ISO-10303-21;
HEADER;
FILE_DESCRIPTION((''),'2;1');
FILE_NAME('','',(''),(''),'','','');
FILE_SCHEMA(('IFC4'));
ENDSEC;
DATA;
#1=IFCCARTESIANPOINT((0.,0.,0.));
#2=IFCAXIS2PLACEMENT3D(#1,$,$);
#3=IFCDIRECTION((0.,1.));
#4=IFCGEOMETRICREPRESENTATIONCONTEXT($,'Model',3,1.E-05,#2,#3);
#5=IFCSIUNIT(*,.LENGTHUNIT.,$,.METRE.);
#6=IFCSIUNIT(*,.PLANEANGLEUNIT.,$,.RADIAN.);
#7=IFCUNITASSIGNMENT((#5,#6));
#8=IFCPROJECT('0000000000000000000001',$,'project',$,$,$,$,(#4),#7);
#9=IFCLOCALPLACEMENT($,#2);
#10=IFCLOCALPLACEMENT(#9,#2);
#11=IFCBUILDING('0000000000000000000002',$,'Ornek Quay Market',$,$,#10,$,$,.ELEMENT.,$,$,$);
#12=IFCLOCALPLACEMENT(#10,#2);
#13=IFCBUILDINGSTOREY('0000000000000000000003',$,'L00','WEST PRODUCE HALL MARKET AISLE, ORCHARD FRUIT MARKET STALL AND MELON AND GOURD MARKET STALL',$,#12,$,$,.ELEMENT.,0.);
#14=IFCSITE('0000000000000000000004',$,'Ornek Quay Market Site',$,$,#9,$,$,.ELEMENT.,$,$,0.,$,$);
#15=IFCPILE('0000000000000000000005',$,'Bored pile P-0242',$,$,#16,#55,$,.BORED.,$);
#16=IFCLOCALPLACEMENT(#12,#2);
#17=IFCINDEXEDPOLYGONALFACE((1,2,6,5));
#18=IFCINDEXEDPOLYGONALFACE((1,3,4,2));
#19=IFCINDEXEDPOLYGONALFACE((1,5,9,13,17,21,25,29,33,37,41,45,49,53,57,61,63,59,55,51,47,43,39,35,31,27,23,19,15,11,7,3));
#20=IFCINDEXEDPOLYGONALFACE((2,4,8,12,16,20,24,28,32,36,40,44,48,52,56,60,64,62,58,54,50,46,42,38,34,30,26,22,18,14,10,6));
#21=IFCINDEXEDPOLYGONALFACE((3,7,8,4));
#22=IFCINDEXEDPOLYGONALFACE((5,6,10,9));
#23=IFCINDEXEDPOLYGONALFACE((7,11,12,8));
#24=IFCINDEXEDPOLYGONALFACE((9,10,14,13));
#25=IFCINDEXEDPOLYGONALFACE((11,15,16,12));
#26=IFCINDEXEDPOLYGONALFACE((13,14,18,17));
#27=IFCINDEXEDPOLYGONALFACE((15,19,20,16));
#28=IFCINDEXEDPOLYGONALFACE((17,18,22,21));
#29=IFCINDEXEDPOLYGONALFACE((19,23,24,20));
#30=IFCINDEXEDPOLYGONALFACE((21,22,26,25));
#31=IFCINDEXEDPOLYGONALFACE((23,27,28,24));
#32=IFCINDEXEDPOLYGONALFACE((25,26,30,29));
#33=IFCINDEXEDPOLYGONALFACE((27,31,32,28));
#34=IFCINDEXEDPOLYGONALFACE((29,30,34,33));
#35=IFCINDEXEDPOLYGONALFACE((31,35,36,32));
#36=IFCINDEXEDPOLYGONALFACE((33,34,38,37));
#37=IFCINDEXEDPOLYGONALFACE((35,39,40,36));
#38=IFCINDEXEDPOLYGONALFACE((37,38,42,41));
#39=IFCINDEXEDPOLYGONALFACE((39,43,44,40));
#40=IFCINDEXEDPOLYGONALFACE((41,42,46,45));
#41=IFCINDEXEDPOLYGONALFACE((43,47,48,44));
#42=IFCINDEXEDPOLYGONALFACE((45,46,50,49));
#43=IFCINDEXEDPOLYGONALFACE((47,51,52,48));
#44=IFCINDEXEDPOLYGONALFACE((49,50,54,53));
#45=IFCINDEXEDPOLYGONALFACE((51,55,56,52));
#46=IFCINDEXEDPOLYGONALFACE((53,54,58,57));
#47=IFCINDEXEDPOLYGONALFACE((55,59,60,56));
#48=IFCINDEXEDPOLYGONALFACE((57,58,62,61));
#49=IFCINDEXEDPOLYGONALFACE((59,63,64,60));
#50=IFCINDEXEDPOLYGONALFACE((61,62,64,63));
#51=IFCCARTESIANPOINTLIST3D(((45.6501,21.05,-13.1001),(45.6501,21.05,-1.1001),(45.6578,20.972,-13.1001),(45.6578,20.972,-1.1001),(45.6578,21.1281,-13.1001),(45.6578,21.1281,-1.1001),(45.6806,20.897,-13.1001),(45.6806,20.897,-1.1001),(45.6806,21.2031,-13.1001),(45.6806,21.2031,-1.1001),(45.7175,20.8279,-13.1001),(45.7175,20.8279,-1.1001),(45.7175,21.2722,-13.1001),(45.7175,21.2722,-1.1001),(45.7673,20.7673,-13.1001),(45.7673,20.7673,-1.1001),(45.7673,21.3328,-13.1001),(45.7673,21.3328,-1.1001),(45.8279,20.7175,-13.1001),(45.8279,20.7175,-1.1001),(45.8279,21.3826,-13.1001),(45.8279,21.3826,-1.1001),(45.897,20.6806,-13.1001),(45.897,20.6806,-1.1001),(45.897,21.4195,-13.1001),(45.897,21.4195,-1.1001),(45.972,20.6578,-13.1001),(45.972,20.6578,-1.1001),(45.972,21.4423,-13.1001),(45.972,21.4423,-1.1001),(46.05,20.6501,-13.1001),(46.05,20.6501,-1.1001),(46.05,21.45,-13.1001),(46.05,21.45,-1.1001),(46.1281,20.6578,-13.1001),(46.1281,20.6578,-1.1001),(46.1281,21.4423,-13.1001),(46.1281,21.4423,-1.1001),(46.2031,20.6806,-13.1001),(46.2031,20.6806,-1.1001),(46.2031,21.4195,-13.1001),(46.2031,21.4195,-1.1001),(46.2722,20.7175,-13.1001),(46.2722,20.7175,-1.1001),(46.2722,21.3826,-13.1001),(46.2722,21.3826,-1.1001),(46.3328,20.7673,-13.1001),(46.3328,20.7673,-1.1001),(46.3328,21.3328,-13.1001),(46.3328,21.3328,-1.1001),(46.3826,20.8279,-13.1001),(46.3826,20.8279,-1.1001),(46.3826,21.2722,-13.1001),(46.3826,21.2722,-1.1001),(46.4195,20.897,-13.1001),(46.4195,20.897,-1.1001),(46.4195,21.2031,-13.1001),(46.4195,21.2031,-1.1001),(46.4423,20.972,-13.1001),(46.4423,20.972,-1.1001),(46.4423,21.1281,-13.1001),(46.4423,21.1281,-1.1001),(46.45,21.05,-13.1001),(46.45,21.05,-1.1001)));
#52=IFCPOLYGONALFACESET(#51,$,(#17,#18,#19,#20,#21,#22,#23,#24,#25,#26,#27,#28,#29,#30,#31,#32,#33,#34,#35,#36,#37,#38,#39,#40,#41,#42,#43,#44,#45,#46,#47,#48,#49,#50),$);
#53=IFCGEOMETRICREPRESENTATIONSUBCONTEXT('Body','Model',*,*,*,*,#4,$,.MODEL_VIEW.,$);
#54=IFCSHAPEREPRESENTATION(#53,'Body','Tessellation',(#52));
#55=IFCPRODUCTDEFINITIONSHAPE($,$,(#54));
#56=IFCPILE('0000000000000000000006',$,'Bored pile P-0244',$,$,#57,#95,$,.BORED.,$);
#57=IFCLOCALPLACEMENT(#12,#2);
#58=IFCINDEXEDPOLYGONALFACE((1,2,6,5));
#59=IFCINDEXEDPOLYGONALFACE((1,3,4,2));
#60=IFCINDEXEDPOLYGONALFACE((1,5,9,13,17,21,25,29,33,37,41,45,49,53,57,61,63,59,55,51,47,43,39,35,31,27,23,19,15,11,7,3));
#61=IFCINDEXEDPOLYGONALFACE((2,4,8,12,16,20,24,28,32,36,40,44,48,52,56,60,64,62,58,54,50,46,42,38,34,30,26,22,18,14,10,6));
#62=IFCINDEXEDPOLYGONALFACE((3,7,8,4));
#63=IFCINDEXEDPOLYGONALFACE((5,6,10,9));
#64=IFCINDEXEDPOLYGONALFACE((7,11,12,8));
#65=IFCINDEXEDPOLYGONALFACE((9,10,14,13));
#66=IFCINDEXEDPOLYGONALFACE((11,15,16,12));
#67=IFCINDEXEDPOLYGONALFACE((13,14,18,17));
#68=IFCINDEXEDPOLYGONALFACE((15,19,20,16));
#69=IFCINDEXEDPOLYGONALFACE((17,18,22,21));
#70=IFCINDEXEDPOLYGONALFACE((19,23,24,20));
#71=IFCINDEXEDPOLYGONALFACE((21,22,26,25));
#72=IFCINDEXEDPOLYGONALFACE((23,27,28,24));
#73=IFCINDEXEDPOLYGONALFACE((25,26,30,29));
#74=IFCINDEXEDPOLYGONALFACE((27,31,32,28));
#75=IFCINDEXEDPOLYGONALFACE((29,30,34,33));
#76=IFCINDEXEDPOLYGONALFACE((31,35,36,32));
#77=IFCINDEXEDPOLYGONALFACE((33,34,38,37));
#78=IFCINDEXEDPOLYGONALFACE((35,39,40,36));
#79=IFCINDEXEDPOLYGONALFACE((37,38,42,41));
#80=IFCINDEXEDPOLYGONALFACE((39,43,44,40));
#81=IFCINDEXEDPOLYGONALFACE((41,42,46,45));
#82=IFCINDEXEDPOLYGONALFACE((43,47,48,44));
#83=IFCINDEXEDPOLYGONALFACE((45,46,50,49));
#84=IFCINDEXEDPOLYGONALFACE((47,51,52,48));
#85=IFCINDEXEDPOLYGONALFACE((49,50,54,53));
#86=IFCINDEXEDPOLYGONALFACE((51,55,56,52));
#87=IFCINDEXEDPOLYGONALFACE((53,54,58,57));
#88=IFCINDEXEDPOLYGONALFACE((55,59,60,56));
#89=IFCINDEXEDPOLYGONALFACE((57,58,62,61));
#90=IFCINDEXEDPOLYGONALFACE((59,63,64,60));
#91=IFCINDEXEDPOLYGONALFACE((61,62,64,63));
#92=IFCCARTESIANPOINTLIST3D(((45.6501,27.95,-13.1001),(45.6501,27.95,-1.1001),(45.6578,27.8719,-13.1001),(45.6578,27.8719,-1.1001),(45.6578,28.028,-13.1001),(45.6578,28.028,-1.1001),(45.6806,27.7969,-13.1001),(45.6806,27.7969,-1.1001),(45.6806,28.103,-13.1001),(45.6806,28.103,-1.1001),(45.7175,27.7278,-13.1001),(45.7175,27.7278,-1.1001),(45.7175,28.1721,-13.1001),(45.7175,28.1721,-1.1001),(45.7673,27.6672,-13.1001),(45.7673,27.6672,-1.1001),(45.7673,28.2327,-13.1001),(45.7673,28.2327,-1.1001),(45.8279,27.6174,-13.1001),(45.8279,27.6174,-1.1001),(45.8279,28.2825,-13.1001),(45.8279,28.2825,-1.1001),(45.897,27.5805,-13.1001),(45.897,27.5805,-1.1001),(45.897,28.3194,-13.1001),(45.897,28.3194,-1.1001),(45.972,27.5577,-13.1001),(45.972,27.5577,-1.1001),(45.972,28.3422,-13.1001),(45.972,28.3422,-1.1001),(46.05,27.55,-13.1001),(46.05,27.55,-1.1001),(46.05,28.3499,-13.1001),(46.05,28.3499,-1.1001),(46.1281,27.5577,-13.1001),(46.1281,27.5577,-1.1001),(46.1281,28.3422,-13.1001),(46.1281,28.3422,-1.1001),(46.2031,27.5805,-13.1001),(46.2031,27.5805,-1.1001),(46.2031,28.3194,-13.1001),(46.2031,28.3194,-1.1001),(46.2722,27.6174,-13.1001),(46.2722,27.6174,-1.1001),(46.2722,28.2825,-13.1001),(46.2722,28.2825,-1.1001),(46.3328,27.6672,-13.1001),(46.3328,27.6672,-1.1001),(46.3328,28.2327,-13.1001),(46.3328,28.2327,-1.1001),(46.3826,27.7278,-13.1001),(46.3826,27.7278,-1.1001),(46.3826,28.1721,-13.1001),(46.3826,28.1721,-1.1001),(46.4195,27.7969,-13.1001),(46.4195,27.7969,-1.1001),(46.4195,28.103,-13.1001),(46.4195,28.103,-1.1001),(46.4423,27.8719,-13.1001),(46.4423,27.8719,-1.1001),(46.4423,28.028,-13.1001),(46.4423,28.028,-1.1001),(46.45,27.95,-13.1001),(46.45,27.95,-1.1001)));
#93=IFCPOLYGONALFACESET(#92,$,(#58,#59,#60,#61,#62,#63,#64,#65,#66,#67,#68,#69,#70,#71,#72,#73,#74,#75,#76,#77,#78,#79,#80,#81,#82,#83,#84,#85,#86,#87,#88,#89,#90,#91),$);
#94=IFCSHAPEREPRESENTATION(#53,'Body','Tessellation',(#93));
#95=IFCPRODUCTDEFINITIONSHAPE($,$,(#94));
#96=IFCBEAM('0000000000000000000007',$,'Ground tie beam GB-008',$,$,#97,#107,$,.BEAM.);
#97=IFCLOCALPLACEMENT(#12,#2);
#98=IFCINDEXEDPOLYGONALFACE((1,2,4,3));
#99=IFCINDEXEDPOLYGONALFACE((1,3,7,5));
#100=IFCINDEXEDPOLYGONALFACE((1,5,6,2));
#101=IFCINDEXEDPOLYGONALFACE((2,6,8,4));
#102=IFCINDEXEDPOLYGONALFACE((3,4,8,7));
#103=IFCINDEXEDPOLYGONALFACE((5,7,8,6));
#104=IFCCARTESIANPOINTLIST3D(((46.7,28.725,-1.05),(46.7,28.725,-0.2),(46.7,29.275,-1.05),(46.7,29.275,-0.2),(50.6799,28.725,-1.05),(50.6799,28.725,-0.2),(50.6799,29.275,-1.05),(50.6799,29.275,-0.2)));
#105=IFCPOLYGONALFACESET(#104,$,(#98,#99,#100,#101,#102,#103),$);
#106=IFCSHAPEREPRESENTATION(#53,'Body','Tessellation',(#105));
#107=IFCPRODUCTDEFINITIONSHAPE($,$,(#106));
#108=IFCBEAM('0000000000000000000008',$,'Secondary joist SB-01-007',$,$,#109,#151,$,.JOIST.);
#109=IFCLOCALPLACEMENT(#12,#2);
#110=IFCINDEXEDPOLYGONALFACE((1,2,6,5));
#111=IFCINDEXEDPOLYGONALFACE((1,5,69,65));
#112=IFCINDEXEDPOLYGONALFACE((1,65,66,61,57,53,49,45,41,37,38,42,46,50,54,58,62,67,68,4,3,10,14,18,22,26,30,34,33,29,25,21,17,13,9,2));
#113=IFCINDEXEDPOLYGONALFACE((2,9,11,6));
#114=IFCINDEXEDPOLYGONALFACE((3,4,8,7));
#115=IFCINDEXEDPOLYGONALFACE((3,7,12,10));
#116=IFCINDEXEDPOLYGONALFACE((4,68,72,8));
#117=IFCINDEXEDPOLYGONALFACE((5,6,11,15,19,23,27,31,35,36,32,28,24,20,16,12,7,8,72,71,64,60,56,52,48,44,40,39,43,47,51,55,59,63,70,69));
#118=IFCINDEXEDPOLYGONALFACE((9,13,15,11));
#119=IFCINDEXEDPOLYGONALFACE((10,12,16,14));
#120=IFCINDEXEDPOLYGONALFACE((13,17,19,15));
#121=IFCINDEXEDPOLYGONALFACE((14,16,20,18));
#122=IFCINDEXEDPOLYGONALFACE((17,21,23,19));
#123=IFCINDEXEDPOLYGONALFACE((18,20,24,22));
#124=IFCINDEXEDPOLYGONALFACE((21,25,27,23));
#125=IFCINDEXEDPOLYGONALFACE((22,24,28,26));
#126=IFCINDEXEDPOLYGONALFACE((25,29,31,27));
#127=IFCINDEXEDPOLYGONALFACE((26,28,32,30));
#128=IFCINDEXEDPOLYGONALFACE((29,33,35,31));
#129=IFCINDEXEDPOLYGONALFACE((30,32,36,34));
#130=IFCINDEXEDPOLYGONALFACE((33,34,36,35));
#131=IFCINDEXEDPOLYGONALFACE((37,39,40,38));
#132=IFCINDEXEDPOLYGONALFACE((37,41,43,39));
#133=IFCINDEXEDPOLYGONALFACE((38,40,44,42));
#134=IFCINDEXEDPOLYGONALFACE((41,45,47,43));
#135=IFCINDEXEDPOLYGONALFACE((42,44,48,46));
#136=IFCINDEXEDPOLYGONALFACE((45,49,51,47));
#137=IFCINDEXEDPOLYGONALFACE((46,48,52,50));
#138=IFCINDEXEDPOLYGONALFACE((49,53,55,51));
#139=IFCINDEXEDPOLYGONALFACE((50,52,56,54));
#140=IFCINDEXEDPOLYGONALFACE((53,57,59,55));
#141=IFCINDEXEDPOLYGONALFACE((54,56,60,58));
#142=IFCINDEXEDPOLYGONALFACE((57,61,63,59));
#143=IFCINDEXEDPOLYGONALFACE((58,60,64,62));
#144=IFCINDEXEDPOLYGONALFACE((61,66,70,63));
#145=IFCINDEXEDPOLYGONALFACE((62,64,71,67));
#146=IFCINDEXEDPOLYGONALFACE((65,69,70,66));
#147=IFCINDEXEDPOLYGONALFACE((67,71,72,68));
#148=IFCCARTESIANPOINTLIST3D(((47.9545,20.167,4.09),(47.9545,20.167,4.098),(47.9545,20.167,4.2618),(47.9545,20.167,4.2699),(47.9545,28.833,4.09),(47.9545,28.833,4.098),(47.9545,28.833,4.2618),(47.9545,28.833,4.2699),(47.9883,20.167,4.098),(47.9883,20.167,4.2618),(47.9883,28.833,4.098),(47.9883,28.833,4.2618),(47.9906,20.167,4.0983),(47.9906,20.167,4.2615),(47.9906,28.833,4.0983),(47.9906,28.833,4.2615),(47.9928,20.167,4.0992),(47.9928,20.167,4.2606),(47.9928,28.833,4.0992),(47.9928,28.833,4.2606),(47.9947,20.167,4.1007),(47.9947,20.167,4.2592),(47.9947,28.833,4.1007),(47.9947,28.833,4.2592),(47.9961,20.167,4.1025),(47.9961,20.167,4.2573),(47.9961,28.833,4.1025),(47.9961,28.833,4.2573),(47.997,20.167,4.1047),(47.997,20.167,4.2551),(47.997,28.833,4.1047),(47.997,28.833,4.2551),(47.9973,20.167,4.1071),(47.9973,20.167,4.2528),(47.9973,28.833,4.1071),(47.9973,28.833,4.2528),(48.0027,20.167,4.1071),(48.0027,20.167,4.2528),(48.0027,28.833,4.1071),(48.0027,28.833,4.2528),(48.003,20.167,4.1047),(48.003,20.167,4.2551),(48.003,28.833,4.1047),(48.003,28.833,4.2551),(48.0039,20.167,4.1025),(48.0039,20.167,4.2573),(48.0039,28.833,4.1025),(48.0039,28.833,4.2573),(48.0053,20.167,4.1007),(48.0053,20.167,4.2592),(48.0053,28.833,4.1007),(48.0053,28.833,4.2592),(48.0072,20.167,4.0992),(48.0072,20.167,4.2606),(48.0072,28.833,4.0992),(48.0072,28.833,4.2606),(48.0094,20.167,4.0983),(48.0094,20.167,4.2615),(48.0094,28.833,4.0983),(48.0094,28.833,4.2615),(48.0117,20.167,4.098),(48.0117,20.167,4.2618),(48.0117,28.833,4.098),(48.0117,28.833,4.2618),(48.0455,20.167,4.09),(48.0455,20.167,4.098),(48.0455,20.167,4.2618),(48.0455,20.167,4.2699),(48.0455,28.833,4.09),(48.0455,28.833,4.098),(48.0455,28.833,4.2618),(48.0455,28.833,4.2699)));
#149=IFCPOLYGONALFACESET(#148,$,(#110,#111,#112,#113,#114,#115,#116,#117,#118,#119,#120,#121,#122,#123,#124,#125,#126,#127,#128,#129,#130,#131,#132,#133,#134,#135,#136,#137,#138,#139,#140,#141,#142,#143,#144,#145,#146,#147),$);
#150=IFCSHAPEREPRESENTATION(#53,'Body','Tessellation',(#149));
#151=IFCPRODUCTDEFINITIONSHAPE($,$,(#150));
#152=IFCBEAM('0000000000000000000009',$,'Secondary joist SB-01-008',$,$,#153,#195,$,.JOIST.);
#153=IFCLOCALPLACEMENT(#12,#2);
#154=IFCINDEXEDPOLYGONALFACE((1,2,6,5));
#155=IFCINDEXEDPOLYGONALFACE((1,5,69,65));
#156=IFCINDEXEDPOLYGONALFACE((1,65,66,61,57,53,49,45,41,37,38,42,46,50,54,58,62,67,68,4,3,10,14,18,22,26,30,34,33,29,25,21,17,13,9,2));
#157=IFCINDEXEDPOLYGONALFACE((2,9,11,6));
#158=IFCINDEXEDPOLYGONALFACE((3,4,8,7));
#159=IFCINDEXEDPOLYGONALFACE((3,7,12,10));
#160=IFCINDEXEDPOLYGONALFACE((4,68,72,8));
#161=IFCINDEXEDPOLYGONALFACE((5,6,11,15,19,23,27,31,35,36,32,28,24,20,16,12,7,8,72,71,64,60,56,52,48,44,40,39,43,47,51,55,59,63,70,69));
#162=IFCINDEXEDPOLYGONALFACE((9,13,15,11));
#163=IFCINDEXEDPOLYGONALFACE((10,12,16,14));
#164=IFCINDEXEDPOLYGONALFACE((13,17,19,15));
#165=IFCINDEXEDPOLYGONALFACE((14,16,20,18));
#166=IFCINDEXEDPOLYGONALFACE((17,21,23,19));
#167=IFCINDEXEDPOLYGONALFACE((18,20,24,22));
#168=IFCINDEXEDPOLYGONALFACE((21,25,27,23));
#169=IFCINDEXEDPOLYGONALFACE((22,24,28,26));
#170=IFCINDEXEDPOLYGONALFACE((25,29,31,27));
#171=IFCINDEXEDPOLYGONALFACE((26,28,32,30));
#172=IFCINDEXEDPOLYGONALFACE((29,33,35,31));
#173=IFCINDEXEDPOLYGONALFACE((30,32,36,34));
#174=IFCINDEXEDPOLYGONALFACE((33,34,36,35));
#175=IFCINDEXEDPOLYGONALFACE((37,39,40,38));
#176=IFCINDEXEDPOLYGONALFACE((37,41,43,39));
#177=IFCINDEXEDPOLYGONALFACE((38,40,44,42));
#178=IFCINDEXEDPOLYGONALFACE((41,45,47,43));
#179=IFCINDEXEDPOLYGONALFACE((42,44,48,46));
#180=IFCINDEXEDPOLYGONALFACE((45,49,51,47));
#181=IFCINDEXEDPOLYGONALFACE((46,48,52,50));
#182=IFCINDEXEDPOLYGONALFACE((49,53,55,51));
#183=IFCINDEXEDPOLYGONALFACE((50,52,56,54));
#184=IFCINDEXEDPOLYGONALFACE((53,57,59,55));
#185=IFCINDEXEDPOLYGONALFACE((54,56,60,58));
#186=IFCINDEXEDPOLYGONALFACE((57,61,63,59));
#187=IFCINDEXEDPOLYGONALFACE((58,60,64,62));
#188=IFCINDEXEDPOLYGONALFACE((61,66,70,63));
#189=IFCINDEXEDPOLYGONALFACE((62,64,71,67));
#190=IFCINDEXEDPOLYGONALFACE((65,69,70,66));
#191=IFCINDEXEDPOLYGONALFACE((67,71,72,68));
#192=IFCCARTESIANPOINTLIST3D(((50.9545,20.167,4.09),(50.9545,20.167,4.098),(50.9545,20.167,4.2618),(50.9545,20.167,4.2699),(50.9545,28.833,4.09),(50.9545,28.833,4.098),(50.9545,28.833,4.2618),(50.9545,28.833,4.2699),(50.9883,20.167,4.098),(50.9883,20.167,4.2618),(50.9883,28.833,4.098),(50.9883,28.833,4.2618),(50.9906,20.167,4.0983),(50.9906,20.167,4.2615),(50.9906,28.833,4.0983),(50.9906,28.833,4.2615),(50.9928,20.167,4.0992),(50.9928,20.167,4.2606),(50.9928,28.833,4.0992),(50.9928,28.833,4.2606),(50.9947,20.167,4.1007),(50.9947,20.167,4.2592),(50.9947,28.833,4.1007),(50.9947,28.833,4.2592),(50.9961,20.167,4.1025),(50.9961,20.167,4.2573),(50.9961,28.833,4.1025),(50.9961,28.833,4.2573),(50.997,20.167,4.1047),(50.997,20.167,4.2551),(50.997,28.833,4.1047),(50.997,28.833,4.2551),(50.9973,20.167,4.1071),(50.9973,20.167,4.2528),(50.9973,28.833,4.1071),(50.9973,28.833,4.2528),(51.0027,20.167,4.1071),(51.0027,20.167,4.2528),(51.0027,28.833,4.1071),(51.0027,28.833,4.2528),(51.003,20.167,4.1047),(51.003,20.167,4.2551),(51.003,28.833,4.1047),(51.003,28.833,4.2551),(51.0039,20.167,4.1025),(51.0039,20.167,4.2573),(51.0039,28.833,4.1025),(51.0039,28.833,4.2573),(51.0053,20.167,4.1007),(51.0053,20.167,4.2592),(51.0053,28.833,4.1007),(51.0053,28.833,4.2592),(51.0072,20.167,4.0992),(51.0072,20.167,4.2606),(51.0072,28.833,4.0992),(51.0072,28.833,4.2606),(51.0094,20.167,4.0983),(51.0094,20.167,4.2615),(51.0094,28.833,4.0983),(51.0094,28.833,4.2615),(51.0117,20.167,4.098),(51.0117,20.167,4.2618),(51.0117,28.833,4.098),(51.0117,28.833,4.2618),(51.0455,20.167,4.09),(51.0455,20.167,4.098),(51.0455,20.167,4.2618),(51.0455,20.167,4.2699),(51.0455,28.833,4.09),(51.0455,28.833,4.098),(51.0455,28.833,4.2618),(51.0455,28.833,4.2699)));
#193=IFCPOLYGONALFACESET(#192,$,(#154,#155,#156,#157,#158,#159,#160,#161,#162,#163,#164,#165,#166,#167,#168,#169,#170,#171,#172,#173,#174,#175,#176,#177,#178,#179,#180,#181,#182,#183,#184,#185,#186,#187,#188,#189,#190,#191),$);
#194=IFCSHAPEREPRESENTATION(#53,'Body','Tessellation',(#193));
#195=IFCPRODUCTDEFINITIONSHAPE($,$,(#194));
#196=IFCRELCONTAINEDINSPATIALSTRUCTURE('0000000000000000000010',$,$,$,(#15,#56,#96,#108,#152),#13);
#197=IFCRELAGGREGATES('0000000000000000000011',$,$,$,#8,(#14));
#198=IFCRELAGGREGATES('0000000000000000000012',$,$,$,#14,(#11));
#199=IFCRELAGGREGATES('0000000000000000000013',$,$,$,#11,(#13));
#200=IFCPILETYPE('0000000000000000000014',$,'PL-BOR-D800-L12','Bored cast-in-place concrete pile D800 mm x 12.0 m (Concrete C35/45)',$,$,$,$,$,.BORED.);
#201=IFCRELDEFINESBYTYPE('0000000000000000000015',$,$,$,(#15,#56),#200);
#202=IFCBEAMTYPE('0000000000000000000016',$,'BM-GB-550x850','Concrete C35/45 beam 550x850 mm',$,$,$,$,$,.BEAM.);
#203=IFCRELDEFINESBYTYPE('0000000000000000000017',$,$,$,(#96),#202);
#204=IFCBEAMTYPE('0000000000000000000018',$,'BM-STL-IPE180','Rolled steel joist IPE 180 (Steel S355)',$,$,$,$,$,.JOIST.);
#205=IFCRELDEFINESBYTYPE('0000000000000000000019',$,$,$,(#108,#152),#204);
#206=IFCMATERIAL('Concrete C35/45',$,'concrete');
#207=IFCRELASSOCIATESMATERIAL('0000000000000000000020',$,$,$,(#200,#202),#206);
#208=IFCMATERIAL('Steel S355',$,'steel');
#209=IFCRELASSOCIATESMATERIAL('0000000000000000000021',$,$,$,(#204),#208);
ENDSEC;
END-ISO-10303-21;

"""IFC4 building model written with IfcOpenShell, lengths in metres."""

from ifc_helpers import new_model, si_unit, direction, frame, origin, origin_2d, place, context, subcontext, project, spatial, rectangle, circle, i_section, extrude, material, material_profile, profile_set, type_object, element, save


model = new_model("IFC4")

# Units and contexts
model_context = context("Model", 3, precision=1e-05, world=origin(), true_north=direction((0.0, 1.0)))
body_context = subcontext(model_context, "Body", "Model", "MODEL_VIEW")
ifc_project = project(units=[si_unit("LENGTHUNIT", "METRE"), si_unit("PLANEANGLEUNIT", "RADIAN")], contexts=[model_context])

# Site, building, storey
site_placement = place(None, origin())
site = spatial("IfcSite", under=ifc_project, at=site_placement, Name="Ornek Quay Market Site", CompositionType="ELEMENT", RefElevation=0.0)
building_placement = place(site_placement, origin())
building = spatial("IfcBuilding", under=site, at=building_placement, Name="Ornek Quay Market", CompositionType="ELEMENT")
storey_placement = place(building_placement, origin())
storey = spatial("IfcBuildingStorey", under=building, at=storey_placement, Name="L00", Description="WEST PRODUCE HALL MARKET AISLE, ORCHARD FRUIT MARKET STALL AND MELON AND GOURD MARKET STALL", CompositionType="ELEMENT", Elevation=0.0)

# Piles
ifc_material_1 = material(Name="Concrete C35/45", Category="concrete")
ifc_material_profile_1 = material_profile(ifc_material_1, circle(Radius=0.3999, at=origin_2d()), Name="PILE D800", Category="concrete")
ifc_profile_set_1 = profile_set([ifc_material_profile_1], Name="Concrete C35/45")
pile_type = type_object("IfcPileType", Name="PL-BOR-D800-L12", Description="Bored cast-in-place concrete pile D800 mm x 12.0 m (Concrete C35/45)", PredefinedType="BORED", material=ifc_profile_set_1)
for number, where, z_axis, x_axis, name in (
    (1, (46.05, 21.05, -1.1001), (0.0, 0.0, -1.0), (1.0, 0.0, 0.0), "Bored pile P-0242"),
    (2, (46.05, 27.95, -1.1001), (0.0, 0.0, -1.0), (1.0, 0.0, 0.0), "Bored pile P-0244"),
):
    element("IfcPile", number, at=place(storey_placement, frame(where, z_axis=z_axis, x_axis=x_axis)), inside=storey, type_object=pile_type, Name=name, PredefinedType="BORED", context=body_context, shape_type="SweptSolid", body=[
        extrude(circle(Radius=0.3999, at=origin_2d()), origin(), (0.0, 0.0, 1.0), 12.0),
    ])

# Beams
ifc_material_profile_2 = material_profile(ifc_material_1, rectangle(XDim=0.55, YDim=0.8501, at=origin_2d()), Name="RC 550x850", Category="concrete")
ifc_profile_set_2 = profile_set([ifc_material_profile_2], Name="Concrete C35/45")
beam_type_1 = type_object("IfcBeamType", Name="BM-GB-550x850", Description="Concrete C35/45 beam 550x850 mm", PredefinedType="BEAM", material=ifc_profile_set_2)
beam_placement = place(storey_placement, frame((46.7, 29.0, -0.625), z_axis=(1.0, 0.0, 0.0), x_axis=(0.0, 1.0, 0.0)))
element("IfcBeam", 3, at=beam_placement, inside=storey, type_object=beam_type_1, Name="Ground tie beam GB-008", PredefinedType="BEAM", context=body_context, shape_type="SweptSolid", body=[
    extrude(rectangle(XDim=0.55, YDim=0.8501, at=origin_2d()), origin(), (0.0, 0.0, 1.0), 3.98),
])
ifc_material_2 = material(Name="Steel S355", Category="steel")
ifc_material_profile_3 = material_profile(ifc_material_2, i_section(OverallWidth=0.0911, OverallDepth=0.1799, WebThickness=0.0054, FlangeThickness=0.0081, FilletRadius=0.009, at=origin_2d()), Name="IPE 180", Category="steel")
ifc_profile_set_3 = profile_set([ifc_material_profile_3], Name="Steel S355")
beam_type_2 = type_object("IfcBeamType", Name="BM-STL-IPE180", Description="Rolled steel joist IPE 180 (Steel S355)", PredefinedType="JOIST", material=ifc_profile_set_3)
for number, where, z_axis, x_axis, name in (
    (4, (48.0, 20.167, 4.1799), (0.0, 1.0, 0.0), (-1.0, 0.0, 0.0), "Secondary joist SB-01-007"),
    (5, (51.0, 20.167, 4.1799), (0.0, 1.0, 0.0), (-1.0, 0.0, 0.0), "Secondary joist SB-01-008"),
):
    element("IfcBeam", number, at=place(storey_placement, frame(where, z_axis=z_axis, x_axis=x_axis)), inside=storey, type_object=beam_type_2, Name=name, PredefinedType="JOIST", context=body_context, shape_type="SweptSolid", body=[
        extrude(i_section(OverallWidth=0.0911, OverallDepth=0.1799, WebThickness=0.0054, FlangeThickness=0.0081, FilletRadius=0.009, at=origin_2d()), origin(), (0.0, 0.0, 1.0), 8.666),
    ])

save(model, "model.ifc")
